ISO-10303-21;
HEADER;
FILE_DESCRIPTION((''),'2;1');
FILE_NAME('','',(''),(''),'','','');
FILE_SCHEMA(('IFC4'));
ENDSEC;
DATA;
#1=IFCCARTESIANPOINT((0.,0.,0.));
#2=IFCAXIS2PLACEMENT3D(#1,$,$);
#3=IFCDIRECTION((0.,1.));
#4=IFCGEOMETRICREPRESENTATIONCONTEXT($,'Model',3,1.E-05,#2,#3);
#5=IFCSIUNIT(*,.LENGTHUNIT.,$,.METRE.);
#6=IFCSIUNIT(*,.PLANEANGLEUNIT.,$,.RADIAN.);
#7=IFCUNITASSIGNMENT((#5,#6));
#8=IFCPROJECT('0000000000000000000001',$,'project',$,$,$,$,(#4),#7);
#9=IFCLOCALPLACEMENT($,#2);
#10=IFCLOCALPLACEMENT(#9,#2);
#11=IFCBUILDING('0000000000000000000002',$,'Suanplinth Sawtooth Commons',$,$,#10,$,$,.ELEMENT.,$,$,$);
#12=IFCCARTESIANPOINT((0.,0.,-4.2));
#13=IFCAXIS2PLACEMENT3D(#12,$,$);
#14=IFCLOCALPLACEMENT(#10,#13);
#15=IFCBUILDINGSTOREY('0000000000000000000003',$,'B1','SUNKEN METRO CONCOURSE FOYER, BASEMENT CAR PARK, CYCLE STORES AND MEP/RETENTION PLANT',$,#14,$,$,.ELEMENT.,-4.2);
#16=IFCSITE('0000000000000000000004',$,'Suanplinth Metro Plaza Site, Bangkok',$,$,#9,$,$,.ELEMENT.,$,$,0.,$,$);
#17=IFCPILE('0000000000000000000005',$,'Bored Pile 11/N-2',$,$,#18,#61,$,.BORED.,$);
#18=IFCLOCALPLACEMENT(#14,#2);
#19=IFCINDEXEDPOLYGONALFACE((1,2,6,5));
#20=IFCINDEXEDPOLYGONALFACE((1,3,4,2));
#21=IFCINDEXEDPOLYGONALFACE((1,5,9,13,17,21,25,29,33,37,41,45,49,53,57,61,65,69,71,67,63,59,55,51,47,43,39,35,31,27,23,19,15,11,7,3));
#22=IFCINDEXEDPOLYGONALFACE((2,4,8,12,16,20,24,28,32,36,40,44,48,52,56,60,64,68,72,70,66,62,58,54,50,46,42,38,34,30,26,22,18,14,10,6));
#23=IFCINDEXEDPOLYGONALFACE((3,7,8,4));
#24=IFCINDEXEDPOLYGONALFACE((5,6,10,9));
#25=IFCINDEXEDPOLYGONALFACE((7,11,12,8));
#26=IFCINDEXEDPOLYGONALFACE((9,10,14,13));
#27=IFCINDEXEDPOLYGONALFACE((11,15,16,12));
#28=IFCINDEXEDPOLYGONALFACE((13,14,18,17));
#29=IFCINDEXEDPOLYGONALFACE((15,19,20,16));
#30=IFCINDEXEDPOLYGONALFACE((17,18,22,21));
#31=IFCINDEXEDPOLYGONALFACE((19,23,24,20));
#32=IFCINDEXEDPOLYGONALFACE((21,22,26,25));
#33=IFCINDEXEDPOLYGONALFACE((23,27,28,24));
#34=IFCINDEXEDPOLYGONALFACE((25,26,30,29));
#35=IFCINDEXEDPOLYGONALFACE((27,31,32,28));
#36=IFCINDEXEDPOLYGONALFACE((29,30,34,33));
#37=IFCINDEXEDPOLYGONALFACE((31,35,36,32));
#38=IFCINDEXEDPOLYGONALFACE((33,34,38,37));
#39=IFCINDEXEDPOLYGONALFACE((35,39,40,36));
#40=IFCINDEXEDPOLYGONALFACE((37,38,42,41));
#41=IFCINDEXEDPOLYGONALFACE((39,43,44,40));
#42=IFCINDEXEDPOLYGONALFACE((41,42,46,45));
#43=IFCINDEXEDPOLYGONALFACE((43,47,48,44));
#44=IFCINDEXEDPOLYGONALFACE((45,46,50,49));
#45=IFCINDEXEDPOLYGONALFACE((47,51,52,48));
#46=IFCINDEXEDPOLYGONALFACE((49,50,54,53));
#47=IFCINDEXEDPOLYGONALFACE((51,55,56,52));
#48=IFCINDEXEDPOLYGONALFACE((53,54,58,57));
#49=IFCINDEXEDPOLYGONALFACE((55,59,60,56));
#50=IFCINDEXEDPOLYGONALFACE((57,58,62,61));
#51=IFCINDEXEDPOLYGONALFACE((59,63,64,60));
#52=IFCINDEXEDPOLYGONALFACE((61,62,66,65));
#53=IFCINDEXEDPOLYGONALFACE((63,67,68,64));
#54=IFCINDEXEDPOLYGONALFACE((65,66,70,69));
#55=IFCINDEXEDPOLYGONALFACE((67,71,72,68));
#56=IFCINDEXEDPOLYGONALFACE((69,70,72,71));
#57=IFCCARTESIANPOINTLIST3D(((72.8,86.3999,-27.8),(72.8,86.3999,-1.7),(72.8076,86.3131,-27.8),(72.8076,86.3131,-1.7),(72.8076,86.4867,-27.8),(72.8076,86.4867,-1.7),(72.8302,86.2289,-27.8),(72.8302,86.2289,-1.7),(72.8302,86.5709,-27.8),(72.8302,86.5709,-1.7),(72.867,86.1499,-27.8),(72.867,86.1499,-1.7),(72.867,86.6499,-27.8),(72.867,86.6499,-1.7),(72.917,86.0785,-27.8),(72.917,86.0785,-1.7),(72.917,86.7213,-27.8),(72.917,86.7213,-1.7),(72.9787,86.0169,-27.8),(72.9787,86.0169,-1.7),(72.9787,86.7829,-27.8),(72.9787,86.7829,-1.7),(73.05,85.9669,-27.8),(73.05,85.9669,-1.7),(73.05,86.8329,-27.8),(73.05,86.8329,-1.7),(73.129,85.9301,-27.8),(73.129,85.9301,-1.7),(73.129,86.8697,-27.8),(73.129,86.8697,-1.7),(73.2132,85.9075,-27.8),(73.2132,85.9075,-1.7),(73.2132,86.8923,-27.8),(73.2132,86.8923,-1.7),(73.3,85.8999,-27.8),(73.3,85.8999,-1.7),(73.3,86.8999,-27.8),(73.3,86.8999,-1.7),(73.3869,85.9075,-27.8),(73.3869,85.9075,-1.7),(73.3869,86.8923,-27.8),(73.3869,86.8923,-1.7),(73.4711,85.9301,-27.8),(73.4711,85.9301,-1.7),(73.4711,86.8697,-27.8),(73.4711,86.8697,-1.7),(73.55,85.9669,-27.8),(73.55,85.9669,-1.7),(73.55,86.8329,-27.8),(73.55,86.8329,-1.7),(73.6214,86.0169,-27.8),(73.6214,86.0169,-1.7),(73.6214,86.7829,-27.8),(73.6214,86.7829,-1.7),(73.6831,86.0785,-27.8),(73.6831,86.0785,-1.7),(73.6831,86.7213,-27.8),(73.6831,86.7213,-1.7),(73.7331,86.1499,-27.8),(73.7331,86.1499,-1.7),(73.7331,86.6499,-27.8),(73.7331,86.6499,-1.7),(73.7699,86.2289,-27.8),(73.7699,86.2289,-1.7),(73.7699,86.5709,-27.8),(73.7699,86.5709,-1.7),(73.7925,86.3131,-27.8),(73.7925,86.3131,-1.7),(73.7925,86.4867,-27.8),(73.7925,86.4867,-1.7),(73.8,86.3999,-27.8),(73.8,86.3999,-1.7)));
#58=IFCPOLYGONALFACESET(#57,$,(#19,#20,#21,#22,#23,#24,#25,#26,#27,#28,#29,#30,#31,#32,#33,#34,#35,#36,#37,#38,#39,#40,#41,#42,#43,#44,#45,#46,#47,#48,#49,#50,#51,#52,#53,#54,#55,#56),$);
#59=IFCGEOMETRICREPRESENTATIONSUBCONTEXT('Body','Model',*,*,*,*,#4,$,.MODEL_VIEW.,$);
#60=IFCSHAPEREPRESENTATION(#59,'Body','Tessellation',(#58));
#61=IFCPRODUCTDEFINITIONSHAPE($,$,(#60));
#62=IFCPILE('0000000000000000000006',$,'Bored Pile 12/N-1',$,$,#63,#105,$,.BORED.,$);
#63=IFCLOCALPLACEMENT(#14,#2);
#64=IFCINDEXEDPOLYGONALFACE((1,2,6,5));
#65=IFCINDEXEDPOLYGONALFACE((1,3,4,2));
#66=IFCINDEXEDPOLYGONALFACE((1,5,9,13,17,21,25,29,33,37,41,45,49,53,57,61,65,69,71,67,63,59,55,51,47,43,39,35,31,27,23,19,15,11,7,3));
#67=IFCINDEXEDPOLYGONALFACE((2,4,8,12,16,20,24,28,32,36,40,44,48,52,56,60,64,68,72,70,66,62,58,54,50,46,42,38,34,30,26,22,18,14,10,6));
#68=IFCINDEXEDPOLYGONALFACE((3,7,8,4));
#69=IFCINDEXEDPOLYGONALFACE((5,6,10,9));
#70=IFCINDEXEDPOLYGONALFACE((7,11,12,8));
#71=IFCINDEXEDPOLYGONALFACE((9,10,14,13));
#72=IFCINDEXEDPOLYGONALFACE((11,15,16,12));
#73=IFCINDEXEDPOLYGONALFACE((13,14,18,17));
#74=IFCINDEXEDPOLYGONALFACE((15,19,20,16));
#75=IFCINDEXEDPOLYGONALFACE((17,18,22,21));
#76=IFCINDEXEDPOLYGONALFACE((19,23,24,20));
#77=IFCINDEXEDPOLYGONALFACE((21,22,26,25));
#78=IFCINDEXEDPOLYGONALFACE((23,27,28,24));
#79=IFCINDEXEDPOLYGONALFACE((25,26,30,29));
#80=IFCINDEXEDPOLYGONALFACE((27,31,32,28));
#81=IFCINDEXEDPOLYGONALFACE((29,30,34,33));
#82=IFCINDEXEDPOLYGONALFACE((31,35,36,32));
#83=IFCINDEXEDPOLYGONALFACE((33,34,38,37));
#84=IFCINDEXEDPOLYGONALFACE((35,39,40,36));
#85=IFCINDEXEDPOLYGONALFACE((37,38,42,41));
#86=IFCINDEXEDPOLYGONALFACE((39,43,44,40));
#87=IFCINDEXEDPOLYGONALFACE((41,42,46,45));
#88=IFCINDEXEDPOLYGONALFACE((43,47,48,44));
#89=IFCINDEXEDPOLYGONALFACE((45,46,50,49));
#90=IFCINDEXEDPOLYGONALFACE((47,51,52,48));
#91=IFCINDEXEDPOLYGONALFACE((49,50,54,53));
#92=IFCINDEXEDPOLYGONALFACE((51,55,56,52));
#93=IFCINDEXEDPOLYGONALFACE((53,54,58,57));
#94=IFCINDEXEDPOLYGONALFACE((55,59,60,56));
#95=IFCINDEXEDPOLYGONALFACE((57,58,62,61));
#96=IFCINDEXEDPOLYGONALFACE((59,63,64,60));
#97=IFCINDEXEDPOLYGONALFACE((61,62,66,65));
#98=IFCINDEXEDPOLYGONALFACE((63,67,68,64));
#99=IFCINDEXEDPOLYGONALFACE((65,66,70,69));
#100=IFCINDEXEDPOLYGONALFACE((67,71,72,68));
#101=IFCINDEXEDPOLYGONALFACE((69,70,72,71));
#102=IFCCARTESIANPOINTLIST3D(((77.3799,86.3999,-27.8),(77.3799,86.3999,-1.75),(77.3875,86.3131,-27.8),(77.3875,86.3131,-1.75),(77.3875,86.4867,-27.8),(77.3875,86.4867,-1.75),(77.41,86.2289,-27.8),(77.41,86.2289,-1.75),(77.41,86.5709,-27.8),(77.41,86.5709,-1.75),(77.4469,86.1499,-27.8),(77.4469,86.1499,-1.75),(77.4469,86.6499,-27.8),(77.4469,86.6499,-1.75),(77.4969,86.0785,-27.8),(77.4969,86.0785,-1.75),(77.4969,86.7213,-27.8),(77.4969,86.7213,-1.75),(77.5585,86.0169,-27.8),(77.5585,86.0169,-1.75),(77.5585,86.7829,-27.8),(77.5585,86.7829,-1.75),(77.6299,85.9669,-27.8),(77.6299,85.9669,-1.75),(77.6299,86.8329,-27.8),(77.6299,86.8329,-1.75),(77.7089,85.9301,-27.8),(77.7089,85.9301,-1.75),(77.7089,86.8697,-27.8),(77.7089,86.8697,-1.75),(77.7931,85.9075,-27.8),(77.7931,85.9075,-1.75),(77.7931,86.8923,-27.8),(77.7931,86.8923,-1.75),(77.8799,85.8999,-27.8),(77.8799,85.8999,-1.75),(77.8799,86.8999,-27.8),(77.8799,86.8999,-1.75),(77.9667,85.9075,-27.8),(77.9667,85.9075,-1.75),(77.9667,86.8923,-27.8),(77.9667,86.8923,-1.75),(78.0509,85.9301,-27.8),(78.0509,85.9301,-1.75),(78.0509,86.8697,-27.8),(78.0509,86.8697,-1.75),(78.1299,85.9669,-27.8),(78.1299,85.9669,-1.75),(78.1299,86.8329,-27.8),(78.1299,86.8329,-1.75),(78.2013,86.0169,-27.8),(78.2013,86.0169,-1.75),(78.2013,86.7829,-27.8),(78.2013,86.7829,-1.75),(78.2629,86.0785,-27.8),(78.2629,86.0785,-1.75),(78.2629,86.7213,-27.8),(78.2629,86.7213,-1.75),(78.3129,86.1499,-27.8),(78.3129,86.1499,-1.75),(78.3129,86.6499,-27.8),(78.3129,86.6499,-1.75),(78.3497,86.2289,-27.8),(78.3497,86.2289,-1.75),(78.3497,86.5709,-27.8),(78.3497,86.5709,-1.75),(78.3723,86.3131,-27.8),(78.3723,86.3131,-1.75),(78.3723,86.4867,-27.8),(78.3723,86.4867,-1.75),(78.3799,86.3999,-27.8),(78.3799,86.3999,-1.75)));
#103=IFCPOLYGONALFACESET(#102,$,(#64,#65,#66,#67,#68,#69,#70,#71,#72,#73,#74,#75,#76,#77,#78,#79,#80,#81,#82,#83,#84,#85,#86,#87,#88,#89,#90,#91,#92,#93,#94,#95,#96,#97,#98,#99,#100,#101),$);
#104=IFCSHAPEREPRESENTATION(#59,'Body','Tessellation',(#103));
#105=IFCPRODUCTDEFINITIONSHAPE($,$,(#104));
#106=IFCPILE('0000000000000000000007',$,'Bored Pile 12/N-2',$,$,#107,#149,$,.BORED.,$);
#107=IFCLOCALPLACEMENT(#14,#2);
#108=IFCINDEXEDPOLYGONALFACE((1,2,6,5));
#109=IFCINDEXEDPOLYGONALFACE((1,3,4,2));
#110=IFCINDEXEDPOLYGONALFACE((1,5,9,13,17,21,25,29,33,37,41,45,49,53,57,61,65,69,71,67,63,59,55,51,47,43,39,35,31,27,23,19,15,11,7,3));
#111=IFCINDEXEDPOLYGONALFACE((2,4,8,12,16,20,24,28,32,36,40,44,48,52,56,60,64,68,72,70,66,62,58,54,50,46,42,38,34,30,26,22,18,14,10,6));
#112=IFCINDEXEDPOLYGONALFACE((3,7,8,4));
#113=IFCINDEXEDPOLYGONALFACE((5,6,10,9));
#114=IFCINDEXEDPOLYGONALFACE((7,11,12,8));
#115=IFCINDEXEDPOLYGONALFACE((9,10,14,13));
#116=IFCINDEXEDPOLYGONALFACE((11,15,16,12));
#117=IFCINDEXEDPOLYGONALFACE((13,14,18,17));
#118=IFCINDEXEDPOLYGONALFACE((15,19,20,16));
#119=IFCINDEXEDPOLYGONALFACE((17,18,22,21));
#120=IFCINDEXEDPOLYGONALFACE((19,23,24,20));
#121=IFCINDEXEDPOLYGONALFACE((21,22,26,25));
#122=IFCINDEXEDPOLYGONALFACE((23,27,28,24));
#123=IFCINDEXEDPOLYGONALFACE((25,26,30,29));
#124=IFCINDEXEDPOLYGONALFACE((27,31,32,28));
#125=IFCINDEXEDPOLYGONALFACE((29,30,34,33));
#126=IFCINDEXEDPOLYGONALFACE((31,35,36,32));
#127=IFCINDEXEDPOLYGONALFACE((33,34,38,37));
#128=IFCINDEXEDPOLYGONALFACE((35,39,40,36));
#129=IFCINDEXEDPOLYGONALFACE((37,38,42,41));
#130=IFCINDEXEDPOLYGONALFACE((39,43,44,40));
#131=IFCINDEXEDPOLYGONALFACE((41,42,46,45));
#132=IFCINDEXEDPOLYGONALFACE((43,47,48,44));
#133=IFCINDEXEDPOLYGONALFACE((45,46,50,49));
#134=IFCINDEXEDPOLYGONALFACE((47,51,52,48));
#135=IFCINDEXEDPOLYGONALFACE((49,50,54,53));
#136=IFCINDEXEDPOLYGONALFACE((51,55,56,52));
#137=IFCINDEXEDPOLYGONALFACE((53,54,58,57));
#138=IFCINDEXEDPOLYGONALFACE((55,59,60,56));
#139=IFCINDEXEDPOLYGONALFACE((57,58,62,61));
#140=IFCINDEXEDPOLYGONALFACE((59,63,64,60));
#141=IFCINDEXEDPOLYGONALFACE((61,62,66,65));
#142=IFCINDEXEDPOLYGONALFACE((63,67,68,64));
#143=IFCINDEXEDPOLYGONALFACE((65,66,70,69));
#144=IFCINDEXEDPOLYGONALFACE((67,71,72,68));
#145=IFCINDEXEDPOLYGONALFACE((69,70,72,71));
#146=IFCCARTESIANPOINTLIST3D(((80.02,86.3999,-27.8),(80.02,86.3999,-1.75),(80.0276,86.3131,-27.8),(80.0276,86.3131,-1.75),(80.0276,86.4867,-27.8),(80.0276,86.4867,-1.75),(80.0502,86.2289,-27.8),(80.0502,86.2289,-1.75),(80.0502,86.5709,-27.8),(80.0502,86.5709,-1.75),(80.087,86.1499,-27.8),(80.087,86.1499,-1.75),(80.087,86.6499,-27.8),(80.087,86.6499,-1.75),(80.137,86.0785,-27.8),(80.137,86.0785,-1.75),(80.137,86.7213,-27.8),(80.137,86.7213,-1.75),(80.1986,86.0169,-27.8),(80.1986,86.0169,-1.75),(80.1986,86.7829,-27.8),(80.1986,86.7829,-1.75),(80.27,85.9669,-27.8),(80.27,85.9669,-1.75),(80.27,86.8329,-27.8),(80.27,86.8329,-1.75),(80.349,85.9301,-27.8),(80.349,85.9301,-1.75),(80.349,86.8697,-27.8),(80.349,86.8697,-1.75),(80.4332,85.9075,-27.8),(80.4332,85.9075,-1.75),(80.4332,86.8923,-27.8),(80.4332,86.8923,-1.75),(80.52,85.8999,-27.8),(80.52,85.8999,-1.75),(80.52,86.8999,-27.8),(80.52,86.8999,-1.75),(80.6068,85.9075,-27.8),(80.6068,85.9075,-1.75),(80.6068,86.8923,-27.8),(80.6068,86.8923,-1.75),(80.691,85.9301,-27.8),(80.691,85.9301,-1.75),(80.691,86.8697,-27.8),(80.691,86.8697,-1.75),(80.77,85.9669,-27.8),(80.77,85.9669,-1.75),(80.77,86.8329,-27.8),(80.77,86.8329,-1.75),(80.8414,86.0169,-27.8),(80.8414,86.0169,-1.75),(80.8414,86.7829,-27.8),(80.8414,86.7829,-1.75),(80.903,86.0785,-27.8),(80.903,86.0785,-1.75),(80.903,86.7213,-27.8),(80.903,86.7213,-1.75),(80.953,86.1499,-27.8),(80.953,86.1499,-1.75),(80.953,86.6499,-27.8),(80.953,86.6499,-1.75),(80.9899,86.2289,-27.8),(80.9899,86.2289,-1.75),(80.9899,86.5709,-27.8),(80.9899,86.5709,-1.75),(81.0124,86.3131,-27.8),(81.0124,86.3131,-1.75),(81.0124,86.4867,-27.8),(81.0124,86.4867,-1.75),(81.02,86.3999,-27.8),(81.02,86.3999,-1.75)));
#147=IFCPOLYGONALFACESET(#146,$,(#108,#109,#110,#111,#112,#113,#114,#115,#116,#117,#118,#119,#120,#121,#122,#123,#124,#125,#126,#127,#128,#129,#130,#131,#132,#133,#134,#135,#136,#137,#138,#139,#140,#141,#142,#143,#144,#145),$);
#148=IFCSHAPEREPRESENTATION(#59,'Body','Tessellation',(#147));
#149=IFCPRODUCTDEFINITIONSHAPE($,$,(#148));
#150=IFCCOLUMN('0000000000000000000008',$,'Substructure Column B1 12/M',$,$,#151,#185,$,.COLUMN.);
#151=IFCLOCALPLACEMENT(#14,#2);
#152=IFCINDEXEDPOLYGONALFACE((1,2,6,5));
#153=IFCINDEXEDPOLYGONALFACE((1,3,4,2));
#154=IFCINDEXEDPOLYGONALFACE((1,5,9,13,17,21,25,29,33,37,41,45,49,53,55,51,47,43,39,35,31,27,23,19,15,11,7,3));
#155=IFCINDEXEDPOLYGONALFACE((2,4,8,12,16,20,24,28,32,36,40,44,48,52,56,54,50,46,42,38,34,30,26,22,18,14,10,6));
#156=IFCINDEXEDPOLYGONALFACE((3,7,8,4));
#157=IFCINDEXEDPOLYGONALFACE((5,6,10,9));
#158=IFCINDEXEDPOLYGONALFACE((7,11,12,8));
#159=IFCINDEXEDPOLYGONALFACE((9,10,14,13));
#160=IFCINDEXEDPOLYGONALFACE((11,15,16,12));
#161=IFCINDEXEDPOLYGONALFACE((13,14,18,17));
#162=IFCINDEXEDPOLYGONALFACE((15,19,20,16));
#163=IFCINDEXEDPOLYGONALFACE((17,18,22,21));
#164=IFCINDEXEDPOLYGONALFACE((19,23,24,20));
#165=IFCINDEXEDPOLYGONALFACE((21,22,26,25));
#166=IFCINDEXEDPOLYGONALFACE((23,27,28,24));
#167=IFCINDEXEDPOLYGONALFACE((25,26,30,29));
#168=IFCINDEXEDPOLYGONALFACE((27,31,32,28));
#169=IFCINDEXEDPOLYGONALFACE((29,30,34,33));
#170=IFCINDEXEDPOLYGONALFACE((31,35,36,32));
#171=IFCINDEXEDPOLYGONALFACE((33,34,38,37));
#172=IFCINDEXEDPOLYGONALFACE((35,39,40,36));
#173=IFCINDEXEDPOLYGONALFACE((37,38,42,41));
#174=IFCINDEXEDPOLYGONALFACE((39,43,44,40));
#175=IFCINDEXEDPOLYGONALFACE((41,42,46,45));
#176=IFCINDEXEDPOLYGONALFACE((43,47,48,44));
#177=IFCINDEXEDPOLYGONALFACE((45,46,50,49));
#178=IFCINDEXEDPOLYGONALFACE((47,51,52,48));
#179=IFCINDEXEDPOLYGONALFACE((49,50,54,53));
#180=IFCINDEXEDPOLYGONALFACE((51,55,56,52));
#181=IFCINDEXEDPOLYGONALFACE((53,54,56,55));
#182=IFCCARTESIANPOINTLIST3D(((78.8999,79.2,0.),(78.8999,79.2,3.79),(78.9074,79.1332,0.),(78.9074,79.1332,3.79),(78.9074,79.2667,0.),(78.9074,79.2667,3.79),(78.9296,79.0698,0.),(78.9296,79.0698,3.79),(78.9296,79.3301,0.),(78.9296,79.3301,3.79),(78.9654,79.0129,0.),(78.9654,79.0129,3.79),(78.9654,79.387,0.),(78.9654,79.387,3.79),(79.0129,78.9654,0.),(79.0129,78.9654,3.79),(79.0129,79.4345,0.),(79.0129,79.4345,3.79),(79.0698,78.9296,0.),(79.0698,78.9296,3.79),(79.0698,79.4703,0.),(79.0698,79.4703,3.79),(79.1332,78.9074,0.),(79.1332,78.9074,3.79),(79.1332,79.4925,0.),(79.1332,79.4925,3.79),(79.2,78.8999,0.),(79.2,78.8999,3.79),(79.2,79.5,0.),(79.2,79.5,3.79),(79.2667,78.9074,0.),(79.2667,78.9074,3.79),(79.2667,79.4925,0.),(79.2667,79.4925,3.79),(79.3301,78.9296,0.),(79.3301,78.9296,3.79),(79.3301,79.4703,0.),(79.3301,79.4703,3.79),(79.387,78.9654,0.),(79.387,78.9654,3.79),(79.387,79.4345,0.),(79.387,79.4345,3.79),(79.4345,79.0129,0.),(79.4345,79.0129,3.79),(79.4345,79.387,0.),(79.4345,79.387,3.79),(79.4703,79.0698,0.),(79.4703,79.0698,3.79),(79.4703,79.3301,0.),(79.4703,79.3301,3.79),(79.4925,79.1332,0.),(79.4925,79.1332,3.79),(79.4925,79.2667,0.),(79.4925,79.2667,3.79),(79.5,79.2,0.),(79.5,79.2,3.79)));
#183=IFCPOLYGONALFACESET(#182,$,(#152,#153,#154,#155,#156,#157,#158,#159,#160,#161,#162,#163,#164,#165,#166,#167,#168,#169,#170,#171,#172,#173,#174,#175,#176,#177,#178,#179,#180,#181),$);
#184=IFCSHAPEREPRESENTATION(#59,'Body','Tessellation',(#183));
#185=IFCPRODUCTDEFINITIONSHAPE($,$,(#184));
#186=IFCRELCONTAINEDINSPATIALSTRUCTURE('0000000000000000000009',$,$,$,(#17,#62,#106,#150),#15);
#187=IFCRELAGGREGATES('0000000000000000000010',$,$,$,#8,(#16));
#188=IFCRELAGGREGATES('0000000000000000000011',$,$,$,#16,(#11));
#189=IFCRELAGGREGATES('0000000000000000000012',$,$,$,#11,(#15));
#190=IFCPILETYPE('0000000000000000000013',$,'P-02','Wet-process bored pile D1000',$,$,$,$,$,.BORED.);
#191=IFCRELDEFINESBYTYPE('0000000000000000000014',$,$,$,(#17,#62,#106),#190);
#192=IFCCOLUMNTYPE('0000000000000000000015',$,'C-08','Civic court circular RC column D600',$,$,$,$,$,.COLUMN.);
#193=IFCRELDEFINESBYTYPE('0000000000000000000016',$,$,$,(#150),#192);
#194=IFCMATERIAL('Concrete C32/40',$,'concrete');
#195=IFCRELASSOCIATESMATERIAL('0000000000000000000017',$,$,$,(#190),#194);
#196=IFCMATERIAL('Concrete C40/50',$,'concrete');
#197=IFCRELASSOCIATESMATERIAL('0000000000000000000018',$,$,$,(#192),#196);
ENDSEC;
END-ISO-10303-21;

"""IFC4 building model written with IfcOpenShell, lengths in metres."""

from ifc_helpers import new_model, si_unit, direction, frame, origin, origin_2d, place, context, subcontext, project, spatial, circle, extrude, material, material_profile, profile_set, type_object, element, save


model = new_model("IFC4")

# Units and contexts
model_context = context("Model", 3, precision=1e-05, world=origin(), true_north=direction((0.0, 1.0)))
body_context = subcontext(model_context, "Body", "Model", "MODEL_VIEW")
ifc_project = project(units=[si_unit("LENGTHUNIT", "METRE"), si_unit("PLANEANGLEUNIT", "RADIAN")], contexts=[model_context])

# Site, building, storey
site_placement = place(None, origin())
site = spatial("IfcSite", under=ifc_project, at=site_placement, Name="Suanplinth Metro Plaza Site, Bangkok", CompositionType="ELEMENT", RefElevation=0.0)
building_placement = place(site_placement, origin())
building = spatial("IfcBuilding", under=site, at=building_placement, Name="Suanplinth Sawtooth Commons", CompositionType="ELEMENT")
storey_placement = place(building_placement, frame((0.0, 0.0, -4.2)))
storey = spatial("IfcBuildingStorey", under=building, at=storey_placement, Name="B1", Description="SUNKEN METRO CONCOURSE FOYER, BASEMENT CAR PARK, CYCLE STORES AND MEP/RETENTION PLANT", CompositionType="ELEMENT", Elevation=-4.2)

# Piles
ifc_material_1 = material(Name="Concrete C32/40", Category="concrete")
ifc_material_profile_1 = material_profile(ifc_material_1, circle(Radius=0.5, at=origin_2d()), Name="PILE D1000")
ifc_profile_set_1 = profile_set([ifc_material_profile_1], Name="Concrete C32/40")
pile_type_1 = type_object("IfcPileType", Name="P-02", Description="Wet-process bored pile D1000", PredefinedType="BORED", material=ifc_profile_set_1)
for number, where, z_axis, x_axis, name in (
    (1, (73.3, 86.3999, -1.7), (0.0, 0.0, -1.0), (1.0, 0.0, 0.0), "Bored Pile 11/N-2"),
):
    element("IfcPile", number, at=place(storey_placement, frame(where, z_axis=z_axis, x_axis=x_axis)), inside=storey, type_object=pile_type_1, Name=name, PredefinedType="BORED", context=body_context, shape_type="SweptSolid", body=[
        extrude(circle(Radius=0.5, at=origin_2d()), origin(), (0.0, 0.0, 1.0), 26.1001),
    ])
for number, where, z_axis, x_axis, name in (
    (2, (77.8799, 86.3999, -1.75), (0.0, 0.0, -1.0), (1.0, 0.0, 0.0), "Bored Pile 12/N-1"),
    (3, (80.52, 86.3999, -1.75), (0.0, 0.0, -1.0), (1.0, 0.0, 0.0), "Bored Pile 12/N-2"),
):
    element("IfcPile", number, at=place(storey_placement, frame(where, z_axis=z_axis, x_axis=x_axis)), inside=storey, type_object=pile_type_1, Name=name, PredefinedType="BORED", context=body_context, shape_type="SweptSolid", body=[
        extrude(circle(Radius=0.5, at=origin_2d()), origin(), (0.0, 0.0, 1.0), 26.05),
    ])

# Column
ifc_material_2 = material(Name="Concrete C40/50", Category="concrete")
ifc_material_profile_2 = material_profile(ifc_material_2, circle(Radius=0.3, at=origin_2d()), Name="RC-CIRC D600")
ifc_profile_set_2 = profile_set([ifc_material_profile_2], Name="Concrete C40/50")
column_type_1 = type_object("IfcColumnType", Name="C-08", Description="Civic court circular RC column D600", PredefinedType="COLUMN", material=ifc_profile_set_2)
for number, where, z_axis, x_axis, name in (
    (4, (79.2, 79.2, 0.0), (0.0, 0.0, 1.0), (1.0, 0.0, 0.0), "Substructure Column B1 12/M"),
):
    element("IfcColumn", number, at=place(storey_placement, frame(where, z_axis=z_axis, x_axis=x_axis)), inside=storey, type_object=column_type_1, Name=name, PredefinedType="COLUMN", context=body_context, shape_type="SweptSolid", body=[
        extrude(circle(Radius=0.3, at=origin_2d()), origin(), (0.0, 0.0, 1.0), 3.79),
    ])

save(model, "model.ifc")
